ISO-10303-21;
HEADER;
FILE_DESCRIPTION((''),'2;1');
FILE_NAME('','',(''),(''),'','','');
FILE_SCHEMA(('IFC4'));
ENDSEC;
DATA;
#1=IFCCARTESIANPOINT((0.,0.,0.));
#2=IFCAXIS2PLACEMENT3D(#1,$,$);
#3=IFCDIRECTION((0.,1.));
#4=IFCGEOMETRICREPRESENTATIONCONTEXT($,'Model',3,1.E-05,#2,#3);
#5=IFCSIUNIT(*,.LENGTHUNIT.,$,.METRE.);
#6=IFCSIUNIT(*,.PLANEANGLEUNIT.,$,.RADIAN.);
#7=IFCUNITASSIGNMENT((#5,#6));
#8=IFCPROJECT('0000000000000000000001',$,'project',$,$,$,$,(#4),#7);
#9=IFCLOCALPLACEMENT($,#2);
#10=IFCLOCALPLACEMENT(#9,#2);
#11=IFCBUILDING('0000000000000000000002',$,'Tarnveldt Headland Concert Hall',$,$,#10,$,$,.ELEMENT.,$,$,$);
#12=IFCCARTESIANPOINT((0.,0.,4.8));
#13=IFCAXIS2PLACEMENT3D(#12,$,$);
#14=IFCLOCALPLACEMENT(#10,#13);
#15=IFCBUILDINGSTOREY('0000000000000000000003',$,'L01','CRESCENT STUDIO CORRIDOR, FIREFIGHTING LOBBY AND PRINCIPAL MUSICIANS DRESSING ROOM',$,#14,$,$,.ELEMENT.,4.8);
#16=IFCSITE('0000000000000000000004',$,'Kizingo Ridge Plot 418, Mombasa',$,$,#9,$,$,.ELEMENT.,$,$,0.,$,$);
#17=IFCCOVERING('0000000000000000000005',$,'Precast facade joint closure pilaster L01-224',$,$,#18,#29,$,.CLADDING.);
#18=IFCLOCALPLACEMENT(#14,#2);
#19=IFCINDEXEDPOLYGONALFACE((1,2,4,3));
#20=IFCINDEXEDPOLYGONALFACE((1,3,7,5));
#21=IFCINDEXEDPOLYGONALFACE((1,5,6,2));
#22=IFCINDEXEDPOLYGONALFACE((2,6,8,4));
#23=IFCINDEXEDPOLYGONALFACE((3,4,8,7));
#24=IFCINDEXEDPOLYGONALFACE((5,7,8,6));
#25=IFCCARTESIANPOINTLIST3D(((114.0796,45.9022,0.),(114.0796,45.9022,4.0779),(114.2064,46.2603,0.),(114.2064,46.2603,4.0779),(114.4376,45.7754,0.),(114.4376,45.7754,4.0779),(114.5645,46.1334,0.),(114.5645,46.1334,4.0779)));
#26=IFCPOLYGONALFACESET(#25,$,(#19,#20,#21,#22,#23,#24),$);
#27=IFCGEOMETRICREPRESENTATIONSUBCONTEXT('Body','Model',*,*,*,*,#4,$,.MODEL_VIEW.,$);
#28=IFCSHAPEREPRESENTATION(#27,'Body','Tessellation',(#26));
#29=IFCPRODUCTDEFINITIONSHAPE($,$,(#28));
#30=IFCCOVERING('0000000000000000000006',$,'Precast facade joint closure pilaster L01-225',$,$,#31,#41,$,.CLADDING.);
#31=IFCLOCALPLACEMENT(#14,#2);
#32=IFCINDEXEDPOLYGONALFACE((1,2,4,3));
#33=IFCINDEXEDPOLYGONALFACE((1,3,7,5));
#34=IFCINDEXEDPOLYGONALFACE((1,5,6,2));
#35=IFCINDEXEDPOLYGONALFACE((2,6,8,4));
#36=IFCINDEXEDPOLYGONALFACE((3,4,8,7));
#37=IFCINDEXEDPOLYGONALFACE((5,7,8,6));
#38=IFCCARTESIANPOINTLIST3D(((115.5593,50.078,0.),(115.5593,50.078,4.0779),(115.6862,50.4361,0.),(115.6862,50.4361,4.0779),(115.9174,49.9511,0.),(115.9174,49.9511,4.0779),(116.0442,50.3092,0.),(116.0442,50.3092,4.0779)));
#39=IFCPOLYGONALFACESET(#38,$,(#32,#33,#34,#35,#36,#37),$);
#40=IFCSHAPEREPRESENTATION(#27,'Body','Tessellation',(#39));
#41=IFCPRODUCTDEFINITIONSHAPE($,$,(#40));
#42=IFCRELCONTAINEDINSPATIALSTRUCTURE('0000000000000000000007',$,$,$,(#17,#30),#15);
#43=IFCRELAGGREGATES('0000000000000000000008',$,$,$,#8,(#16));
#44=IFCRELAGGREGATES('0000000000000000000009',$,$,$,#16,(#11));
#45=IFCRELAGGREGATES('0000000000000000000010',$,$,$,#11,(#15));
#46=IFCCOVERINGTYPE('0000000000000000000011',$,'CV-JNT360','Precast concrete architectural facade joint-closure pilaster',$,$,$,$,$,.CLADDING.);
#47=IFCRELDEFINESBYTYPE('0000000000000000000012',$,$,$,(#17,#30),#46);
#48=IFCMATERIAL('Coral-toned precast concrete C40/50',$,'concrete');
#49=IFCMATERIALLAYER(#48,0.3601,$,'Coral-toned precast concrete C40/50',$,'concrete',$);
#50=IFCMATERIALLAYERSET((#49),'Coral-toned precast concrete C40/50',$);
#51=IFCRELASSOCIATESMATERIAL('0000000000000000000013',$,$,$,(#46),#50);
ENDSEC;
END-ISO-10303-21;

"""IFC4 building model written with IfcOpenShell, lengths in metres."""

from ifc_helpers import new_model, si_unit, direction, frame, origin, origin_2d, place, context, subcontext, project, spatial, rectangle, extrude, material, layer, layer_set, type_object, element, save


model = new_model("IFC4")

# Units and contexts
model_context = context("Model", 3, precision=1e-05, world=origin(), true_north=direction((0.0, 1.0)))
body_context = subcontext(model_context, "Body", "Model", "MODEL_VIEW")
ifc_project = project(units=[si_unit("LENGTHUNIT", "METRE"), si_unit("PLANEANGLEUNIT", "RADIAN")], contexts=[model_context])

# Site, building, storey
site_placement = place(None, origin())
site = spatial("IfcSite", under=ifc_project, at=site_placement, Name="Kizingo Ridge Plot 418, Mombasa", CompositionType="ELEMENT", RefElevation=0.0)
building_placement = place(site_placement, origin())
building = spatial("IfcBuilding", under=site, at=building_placement, Name="Tarnveldt Headland Concert Hall", CompositionType="ELEMENT")
storey_placement = place(building_placement, frame((0.0, 0.0, 4.8)))
storey = spatial("IfcBuildingStorey", under=building, at=storey_placement, Name="L01", Description="CRESCENT STUDIO CORRIDOR, FIREFIGHTING LOBBY AND PRINCIPAL MUSICIANS DRESSING ROOM", CompositionType="ELEMENT", Elevation=4.8)

# Shared definitions
ifc_material_1 = material(Name="Coral-toned precast concrete C40/50", Category="concrete")

# Coverings
ifc_layer_1 = layer(ifc_material_1, 0.3601, Name="Coral-toned precast concrete C40/50", Category="concrete")
ifc_layer_set_1 = layer_set([ifc_layer_1], Name="Coral-toned precast concrete C40/50")
covering_type_1 = type_object("IfcCoveringType", Name="CV-JNT360", Description="Precast concrete architectural facade joint-closure pilaster", PredefinedType="CLADDING", material=ifc_layer_set_1)
for number, where, z_axis, x_axis, name in (
    (1, (114.322, 46.0178, 0.0), (0.0, 0.0, 1.0), (-0.333971, -0.942583, 0.0), "Precast facade joint closure pilaster L01-224"),
    (2, (115.8018, 50.1936, 0.0), (0.0, 0.0, 1.0), (-0.333971, -0.942583, 0.0), "Precast facade joint closure pilaster L01-225"),
):
    element("IfcCovering", number, at=place(storey_placement, frame(where, z_axis=z_axis, x_axis=x_axis)), inside=storey, type_object=covering_type_1, Name=name, PredefinedType="CLADDING", context=body_context, shape_type="SweptSolid", body=[
        extrude(rectangle(XDim=0.3799, YDim=0.3799, at=origin_2d()), origin(), (0.0, 0.0, 1.0), 4.0779),
    ])

save(model, "model.ifc")
